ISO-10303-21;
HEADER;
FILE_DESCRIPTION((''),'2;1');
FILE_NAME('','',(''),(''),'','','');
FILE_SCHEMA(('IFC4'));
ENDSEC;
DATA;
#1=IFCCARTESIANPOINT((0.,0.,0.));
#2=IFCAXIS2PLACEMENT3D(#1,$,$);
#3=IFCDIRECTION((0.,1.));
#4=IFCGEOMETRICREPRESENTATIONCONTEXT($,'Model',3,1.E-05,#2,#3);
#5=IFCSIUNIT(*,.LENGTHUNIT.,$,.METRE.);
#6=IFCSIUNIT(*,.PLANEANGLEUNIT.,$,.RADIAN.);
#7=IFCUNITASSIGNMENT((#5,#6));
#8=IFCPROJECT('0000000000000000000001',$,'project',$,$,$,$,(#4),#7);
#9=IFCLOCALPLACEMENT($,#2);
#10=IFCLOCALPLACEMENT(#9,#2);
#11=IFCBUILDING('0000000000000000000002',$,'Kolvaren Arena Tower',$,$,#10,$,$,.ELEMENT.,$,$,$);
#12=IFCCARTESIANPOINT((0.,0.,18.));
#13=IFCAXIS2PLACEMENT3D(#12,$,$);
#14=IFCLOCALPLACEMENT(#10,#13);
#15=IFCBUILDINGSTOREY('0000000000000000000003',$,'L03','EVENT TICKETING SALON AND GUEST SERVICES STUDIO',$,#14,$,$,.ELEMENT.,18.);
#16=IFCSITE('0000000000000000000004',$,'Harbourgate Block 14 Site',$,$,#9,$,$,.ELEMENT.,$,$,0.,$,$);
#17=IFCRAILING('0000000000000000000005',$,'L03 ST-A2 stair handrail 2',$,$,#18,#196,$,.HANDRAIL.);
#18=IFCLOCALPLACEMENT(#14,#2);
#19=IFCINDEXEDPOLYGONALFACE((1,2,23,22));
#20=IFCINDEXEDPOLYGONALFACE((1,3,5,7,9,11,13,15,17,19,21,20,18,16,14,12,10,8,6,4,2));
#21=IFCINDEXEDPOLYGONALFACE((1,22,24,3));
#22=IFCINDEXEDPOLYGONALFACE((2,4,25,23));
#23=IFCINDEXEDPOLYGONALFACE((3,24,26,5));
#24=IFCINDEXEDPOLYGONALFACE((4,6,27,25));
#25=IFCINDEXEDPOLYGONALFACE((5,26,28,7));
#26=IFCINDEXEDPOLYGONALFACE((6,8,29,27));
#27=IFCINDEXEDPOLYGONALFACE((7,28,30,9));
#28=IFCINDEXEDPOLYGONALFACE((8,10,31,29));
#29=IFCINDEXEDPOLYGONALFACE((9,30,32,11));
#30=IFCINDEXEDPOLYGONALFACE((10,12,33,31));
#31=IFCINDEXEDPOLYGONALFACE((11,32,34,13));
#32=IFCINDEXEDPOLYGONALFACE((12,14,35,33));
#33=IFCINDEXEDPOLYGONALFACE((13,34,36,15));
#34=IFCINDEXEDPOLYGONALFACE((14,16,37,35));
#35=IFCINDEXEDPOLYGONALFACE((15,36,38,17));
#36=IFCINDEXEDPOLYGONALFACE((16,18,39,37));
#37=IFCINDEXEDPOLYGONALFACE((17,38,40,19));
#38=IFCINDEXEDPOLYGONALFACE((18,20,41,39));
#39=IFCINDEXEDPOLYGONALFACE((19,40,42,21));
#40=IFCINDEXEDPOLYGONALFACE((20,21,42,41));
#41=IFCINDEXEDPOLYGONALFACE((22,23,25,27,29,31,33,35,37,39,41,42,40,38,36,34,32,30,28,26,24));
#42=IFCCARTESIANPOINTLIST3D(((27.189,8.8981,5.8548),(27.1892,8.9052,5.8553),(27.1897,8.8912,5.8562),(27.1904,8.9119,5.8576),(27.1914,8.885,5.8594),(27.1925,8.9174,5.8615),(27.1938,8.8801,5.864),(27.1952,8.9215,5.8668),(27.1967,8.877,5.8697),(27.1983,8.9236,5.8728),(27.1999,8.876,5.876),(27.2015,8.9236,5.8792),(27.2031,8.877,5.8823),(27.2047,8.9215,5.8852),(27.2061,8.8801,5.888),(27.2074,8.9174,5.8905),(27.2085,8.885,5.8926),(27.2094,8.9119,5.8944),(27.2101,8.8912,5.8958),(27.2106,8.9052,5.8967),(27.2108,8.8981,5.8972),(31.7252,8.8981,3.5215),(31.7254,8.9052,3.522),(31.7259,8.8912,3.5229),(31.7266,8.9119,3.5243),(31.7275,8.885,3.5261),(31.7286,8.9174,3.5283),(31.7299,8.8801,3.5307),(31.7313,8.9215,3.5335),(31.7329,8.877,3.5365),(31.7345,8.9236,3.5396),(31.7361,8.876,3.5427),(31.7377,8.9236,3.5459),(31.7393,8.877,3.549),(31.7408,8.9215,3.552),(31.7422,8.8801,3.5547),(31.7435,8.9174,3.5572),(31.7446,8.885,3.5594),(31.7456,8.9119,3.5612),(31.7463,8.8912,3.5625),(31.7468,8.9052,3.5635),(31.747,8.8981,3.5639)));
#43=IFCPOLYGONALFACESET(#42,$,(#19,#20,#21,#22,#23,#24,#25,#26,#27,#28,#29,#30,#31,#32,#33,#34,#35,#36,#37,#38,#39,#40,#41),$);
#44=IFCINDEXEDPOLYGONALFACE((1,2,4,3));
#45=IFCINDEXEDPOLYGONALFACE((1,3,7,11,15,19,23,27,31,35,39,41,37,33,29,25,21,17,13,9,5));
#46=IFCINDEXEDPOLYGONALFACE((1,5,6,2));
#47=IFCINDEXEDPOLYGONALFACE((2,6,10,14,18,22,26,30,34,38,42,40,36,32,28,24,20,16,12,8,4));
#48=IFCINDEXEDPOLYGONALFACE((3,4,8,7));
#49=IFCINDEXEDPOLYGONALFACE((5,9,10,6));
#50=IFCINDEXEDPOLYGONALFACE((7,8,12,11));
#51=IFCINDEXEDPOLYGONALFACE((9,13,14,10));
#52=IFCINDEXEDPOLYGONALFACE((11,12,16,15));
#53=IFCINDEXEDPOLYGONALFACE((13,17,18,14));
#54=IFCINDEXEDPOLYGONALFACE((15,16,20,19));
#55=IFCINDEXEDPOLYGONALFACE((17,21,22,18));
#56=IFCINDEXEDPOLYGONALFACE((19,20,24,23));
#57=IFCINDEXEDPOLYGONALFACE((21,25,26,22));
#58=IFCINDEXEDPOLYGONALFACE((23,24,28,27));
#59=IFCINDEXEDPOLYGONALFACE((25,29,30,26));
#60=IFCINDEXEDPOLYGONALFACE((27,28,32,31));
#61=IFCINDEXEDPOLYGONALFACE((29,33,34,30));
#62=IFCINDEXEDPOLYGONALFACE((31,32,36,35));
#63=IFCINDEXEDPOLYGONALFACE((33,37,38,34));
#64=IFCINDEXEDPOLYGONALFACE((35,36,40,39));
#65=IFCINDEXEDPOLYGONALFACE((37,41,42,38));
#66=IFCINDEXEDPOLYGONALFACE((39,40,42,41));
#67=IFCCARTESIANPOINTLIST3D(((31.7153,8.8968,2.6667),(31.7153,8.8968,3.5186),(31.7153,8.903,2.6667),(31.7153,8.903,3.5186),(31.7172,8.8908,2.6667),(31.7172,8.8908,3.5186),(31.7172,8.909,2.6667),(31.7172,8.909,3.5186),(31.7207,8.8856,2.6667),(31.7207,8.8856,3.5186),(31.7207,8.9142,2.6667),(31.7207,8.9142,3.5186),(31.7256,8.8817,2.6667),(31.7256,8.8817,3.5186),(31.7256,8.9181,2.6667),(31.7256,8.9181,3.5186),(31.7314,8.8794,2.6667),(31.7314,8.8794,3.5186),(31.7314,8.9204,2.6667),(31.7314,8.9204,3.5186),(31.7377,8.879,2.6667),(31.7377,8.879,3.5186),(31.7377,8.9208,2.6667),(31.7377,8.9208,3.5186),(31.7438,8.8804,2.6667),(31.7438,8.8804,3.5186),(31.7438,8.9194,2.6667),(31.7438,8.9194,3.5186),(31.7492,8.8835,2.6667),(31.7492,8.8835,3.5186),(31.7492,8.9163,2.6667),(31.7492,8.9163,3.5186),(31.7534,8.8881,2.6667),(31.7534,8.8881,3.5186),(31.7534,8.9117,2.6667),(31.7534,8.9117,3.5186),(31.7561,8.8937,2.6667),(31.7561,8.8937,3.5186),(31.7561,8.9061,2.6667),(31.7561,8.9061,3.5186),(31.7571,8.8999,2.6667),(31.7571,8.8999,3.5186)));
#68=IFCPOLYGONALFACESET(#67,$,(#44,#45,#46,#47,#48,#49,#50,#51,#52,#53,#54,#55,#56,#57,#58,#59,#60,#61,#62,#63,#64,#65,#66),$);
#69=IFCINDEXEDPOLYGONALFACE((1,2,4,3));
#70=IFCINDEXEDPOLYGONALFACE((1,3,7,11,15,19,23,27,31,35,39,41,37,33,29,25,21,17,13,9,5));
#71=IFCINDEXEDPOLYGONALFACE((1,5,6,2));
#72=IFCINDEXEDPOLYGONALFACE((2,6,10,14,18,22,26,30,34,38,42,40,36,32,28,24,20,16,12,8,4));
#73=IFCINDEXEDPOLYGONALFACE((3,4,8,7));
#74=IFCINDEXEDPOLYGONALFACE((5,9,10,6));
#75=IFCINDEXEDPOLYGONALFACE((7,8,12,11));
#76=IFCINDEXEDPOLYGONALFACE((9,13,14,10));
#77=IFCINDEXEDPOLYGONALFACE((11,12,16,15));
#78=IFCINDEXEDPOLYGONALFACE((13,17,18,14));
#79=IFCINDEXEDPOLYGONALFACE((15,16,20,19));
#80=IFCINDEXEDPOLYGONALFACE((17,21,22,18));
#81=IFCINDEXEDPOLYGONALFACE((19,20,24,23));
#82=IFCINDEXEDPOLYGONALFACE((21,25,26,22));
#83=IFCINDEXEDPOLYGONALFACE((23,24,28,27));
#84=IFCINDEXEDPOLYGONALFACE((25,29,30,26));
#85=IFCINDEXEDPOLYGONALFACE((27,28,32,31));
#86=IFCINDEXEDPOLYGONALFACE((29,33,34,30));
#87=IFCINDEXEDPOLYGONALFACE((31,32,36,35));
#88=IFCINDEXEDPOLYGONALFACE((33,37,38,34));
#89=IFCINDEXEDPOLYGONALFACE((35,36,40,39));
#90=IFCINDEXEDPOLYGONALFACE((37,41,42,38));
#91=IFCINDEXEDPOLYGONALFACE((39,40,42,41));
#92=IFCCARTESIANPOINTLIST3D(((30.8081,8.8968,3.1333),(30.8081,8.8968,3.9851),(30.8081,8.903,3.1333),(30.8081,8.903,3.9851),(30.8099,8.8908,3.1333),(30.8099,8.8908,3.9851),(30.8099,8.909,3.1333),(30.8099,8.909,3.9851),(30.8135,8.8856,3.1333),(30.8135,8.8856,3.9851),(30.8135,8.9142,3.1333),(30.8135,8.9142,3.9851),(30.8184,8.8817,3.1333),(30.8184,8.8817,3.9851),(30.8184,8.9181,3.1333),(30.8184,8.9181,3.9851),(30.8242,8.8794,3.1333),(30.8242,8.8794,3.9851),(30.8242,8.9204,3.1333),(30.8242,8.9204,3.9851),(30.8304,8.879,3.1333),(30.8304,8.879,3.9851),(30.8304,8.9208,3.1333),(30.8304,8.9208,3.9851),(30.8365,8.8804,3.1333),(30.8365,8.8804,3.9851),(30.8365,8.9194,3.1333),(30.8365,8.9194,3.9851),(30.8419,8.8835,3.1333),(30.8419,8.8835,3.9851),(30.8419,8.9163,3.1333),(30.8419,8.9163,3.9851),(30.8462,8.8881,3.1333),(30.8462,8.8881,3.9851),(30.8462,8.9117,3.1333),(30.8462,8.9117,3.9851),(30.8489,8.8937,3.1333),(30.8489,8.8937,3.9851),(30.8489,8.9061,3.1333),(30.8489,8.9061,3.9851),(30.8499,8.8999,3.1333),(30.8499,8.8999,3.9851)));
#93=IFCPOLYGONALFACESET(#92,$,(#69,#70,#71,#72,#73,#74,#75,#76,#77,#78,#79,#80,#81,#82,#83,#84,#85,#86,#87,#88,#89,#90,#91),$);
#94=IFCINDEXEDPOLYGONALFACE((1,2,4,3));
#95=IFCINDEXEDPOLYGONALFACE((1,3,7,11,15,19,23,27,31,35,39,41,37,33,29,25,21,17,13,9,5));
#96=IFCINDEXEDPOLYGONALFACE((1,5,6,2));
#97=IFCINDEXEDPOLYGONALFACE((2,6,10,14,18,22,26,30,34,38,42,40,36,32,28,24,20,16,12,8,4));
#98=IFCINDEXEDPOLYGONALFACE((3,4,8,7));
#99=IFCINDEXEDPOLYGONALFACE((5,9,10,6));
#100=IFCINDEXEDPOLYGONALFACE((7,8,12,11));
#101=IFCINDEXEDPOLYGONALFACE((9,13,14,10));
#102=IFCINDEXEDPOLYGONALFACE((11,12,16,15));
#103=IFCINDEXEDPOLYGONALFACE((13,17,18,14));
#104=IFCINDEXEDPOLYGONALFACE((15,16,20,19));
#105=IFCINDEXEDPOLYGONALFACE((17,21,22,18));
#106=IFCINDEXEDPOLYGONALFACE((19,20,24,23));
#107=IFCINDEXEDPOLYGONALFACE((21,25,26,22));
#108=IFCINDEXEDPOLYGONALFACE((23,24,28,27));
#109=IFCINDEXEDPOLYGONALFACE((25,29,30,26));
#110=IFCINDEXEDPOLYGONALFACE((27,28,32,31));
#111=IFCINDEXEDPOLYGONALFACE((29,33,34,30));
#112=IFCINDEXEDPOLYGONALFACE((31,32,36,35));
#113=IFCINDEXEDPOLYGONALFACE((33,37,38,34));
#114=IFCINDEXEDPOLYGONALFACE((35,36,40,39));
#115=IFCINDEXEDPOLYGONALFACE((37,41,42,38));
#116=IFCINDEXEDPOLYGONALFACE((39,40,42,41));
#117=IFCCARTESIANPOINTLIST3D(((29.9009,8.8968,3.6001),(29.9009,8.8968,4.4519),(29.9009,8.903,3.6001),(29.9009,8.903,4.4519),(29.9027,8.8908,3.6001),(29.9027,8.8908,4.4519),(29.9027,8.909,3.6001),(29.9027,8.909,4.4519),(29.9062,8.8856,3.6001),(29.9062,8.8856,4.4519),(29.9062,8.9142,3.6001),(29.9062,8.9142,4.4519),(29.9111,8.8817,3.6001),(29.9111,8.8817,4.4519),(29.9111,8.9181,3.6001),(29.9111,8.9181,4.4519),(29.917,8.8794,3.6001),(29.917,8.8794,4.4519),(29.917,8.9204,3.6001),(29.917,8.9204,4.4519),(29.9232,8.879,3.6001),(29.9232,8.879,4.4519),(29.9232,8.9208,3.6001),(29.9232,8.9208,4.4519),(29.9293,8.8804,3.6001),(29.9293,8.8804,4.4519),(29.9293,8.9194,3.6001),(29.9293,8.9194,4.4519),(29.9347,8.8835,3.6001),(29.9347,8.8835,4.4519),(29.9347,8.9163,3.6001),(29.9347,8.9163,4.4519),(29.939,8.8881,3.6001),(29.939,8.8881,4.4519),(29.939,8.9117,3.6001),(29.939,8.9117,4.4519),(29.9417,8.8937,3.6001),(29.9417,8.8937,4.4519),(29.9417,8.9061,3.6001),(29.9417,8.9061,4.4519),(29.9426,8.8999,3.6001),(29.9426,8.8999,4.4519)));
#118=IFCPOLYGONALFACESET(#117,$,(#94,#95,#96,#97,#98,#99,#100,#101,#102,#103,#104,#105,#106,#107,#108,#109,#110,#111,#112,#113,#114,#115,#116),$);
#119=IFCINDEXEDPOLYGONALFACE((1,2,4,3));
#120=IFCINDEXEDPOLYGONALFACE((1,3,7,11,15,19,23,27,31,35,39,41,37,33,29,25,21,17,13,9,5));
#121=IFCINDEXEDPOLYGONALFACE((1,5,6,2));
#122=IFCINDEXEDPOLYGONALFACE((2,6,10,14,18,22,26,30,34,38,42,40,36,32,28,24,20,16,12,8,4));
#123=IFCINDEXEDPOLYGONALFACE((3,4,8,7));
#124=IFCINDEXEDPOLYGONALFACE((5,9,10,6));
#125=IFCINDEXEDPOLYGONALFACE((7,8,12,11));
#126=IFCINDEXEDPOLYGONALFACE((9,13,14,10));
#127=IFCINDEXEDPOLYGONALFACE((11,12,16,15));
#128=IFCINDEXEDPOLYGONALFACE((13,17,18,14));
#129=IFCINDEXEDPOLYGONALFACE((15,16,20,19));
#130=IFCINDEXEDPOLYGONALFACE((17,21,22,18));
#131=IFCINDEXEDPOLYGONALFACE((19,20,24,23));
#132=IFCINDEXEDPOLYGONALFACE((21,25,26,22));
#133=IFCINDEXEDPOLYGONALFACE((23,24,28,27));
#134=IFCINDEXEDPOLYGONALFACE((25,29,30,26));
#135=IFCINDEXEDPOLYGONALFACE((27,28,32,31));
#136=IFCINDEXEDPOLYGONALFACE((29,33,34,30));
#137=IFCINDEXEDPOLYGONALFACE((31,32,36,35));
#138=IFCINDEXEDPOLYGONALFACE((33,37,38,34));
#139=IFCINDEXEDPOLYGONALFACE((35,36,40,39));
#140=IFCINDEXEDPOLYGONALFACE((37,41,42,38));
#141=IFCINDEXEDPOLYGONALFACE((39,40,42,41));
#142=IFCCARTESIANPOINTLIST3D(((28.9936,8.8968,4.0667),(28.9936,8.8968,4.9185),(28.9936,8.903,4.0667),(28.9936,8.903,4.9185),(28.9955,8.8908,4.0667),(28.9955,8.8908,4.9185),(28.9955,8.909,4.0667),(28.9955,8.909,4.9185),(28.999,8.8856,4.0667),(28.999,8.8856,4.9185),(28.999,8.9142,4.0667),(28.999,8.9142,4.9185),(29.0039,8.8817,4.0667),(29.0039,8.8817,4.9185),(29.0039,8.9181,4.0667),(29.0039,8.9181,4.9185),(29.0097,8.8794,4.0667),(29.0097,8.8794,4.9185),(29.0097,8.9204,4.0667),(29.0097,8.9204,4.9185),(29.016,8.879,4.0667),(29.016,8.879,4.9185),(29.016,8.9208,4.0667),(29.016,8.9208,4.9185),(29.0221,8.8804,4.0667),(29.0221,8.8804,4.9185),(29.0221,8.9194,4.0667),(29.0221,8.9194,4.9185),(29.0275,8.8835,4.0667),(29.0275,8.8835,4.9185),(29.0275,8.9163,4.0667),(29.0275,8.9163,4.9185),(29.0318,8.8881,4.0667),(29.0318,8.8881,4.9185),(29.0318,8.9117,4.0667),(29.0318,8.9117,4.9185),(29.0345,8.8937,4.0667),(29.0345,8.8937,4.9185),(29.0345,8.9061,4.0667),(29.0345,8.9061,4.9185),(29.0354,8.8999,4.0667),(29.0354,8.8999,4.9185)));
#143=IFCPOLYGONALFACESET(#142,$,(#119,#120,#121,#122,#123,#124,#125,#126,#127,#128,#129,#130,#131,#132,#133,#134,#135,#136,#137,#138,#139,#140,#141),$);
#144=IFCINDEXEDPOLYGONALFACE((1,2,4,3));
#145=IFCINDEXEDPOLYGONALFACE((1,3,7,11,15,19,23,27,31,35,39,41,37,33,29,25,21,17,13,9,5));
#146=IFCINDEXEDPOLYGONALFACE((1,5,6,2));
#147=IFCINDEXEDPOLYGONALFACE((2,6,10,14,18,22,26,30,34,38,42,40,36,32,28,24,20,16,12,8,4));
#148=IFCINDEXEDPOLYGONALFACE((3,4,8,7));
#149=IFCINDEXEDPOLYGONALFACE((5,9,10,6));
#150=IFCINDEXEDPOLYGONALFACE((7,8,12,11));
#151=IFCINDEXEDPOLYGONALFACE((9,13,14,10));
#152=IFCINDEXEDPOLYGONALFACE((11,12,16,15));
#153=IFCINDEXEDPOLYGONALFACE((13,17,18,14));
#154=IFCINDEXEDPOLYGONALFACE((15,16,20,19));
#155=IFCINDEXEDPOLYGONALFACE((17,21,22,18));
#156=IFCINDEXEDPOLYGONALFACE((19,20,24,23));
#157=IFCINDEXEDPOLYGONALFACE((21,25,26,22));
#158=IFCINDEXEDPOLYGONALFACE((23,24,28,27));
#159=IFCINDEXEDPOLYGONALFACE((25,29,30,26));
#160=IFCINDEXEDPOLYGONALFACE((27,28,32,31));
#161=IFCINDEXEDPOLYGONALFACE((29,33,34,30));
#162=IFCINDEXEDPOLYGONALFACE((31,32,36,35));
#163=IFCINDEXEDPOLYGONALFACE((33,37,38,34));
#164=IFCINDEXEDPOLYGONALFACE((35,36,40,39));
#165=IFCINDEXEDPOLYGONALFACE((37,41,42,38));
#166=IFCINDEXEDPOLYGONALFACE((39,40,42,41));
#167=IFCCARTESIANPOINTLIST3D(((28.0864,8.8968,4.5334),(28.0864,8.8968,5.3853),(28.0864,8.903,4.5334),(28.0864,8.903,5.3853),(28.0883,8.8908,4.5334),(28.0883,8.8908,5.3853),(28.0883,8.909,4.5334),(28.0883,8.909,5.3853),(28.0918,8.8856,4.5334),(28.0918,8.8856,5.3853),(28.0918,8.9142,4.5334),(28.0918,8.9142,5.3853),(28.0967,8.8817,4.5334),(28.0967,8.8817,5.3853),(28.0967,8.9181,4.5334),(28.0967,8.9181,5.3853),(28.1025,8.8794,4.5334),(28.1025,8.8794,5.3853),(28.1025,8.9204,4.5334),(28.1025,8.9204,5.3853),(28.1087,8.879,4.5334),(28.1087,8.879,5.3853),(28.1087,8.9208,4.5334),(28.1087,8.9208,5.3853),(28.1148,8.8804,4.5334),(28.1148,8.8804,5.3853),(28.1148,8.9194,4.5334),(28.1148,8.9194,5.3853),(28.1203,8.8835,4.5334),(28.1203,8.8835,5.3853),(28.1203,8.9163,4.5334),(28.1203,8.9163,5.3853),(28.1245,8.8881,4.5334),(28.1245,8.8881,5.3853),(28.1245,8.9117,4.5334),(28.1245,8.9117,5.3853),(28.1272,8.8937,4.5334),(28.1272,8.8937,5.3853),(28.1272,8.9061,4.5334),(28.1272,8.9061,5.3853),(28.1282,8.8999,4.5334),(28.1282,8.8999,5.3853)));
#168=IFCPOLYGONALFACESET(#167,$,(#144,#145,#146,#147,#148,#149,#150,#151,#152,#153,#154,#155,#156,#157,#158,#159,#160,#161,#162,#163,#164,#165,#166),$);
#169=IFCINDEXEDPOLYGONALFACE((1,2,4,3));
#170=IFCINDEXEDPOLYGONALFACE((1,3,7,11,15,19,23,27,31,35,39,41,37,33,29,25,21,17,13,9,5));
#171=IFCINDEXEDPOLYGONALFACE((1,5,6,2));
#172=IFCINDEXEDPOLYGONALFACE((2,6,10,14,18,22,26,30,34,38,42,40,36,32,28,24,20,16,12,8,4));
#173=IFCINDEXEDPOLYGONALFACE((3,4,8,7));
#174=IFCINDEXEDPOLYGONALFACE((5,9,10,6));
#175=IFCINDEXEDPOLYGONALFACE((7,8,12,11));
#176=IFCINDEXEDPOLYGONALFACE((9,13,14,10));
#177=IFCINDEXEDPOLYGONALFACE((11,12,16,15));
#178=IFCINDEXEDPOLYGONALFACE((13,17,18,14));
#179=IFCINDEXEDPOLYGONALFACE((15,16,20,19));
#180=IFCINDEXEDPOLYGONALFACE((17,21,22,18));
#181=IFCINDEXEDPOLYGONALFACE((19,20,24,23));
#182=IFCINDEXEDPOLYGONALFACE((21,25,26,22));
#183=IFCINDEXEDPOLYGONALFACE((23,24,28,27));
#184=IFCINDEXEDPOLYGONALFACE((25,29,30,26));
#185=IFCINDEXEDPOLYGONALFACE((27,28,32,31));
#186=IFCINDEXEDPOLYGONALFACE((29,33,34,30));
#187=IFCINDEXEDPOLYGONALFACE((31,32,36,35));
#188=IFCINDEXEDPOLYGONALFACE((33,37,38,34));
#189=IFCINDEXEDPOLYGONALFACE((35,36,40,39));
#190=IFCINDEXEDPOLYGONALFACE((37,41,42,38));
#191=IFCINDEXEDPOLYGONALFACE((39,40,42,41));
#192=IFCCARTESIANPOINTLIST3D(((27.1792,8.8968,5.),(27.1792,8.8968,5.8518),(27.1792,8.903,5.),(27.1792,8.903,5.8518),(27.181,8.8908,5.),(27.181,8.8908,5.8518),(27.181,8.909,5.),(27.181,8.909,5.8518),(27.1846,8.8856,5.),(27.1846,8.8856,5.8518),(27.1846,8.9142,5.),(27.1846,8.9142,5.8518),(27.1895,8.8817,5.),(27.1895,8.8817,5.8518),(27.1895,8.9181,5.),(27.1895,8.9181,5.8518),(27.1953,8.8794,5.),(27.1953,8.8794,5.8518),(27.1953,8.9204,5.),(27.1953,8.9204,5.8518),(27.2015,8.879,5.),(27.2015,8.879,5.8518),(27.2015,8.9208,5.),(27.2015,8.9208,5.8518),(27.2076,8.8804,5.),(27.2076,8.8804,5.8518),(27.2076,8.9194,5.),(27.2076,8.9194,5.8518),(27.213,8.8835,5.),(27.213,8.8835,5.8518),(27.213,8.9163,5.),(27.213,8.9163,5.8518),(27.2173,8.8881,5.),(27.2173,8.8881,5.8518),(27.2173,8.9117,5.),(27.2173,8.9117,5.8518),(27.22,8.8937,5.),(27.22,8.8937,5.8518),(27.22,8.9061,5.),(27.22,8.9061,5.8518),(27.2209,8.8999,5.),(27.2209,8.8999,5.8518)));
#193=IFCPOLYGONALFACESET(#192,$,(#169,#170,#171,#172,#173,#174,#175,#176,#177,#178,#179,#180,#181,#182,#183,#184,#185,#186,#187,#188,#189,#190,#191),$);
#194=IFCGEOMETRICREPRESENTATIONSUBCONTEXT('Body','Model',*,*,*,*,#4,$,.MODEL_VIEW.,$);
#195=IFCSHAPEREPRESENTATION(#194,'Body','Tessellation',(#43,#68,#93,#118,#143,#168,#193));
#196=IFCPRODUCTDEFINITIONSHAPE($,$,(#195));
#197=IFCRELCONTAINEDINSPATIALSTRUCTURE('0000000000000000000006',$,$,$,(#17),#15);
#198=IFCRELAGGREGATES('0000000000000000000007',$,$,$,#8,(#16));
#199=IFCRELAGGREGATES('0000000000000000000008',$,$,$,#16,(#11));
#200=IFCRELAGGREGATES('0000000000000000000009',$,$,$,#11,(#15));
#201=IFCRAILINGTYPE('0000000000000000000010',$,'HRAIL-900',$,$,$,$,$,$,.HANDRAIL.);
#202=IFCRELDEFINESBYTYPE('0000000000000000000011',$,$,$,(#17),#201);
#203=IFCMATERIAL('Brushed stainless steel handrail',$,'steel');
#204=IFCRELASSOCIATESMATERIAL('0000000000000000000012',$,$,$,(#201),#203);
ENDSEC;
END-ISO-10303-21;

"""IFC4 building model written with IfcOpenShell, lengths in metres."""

from ifc_helpers import new_model, si_unit, direction, frame, origin, origin_2d, place, context, subcontext, project, spatial, circle, extrude, material, type_object, element, save


model = new_model("IFC4")

# Units and contexts
model_context = context("Model", 3, precision=1e-05, world=origin(), true_north=direction((0.0, 1.0)))
body_context = subcontext(model_context, "Body", "Model", "MODEL_VIEW")
ifc_project = project(units=[si_unit("LENGTHUNIT", "METRE"), si_unit("PLANEANGLEUNIT", "RADIAN")], contexts=[model_context])

# Site, building, storey
site_placement = place(None, origin())
site = spatial("IfcSite", under=ifc_project, at=site_placement, Name="Harbourgate Block 14 Site", CompositionType="ELEMENT", RefElevation=0.0)
building_placement = place(site_placement, origin())
building = spatial("IfcBuilding", under=site, at=building_placement, Name="Kolvaren Arena Tower", CompositionType="ELEMENT")
storey_placement = place(building_placement, frame((0.0, 0.0, 18.0)))
storey = spatial("IfcBuildingStorey", under=building, at=storey_placement, Name="L03", Description="EVENT TICKETING SALON AND GUEST SERVICES STUDIO", CompositionType="ELEMENT", Elevation=18.0)

# Railing
ifc_material_1 = material(Name="Brushed stainless steel handrail", Category="steel")
railing_type_1 = type_object("IfcRailingType", Name="HRAIL-900", PredefinedType="HANDRAIL", material=ifc_material_1)
railing_1_placement = place(storey_placement, frame((31.7361, 8.8999, 2.6667)))
element("IfcRailing", 1, at=railing_1_placement, inside=storey, type_object=railing_type_1, Name="L03 ST-A2 stair handrail 2", PredefinedType="HANDRAIL", context=body_context, shape_type="SweptSolid", body=[
    extrude(circle(Radius=0.0239, at=origin_2d()), frame((0.0, 0.0, 0.876), z_axis=(-0.889257, 0.0, 0.457407), x_axis=(0.0, -1.0, 0.0)), (0.0, 0.0, 1.0), 5.1011),
    extrude(circle(Radius=0.021, at=origin_2d()), origin(), (0.0, 0.0, 1.0), 0.8518),
    extrude(circle(Radius=0.021, at=origin_2d()), frame((-0.9072, 0.0, 0.4666)), (0.0, 0.0, 1.0), 0.8518),
    extrude(circle(Radius=0.021, at=origin_2d()), frame((-1.8145, 0.0, 0.9333)), (0.0, 0.0, 1.0), 0.8518),
    extrude(circle(Radius=0.021, at=origin_2d()), frame((-2.7217, 0.0, 1.3999)), (0.0, 0.0, 1.0), 0.8518),
    extrude(circle(Radius=0.021, at=origin_2d()), frame((-3.6289, 0.0, 1.8667)), (0.0, 0.0, 1.0), 0.8518),
    extrude(circle(Radius=0.021, at=origin_2d()), frame((-4.5361, 0.0, 2.3333)), (0.0, 0.0, 1.0), 0.8518),
])

save(model, "model.ifc")
